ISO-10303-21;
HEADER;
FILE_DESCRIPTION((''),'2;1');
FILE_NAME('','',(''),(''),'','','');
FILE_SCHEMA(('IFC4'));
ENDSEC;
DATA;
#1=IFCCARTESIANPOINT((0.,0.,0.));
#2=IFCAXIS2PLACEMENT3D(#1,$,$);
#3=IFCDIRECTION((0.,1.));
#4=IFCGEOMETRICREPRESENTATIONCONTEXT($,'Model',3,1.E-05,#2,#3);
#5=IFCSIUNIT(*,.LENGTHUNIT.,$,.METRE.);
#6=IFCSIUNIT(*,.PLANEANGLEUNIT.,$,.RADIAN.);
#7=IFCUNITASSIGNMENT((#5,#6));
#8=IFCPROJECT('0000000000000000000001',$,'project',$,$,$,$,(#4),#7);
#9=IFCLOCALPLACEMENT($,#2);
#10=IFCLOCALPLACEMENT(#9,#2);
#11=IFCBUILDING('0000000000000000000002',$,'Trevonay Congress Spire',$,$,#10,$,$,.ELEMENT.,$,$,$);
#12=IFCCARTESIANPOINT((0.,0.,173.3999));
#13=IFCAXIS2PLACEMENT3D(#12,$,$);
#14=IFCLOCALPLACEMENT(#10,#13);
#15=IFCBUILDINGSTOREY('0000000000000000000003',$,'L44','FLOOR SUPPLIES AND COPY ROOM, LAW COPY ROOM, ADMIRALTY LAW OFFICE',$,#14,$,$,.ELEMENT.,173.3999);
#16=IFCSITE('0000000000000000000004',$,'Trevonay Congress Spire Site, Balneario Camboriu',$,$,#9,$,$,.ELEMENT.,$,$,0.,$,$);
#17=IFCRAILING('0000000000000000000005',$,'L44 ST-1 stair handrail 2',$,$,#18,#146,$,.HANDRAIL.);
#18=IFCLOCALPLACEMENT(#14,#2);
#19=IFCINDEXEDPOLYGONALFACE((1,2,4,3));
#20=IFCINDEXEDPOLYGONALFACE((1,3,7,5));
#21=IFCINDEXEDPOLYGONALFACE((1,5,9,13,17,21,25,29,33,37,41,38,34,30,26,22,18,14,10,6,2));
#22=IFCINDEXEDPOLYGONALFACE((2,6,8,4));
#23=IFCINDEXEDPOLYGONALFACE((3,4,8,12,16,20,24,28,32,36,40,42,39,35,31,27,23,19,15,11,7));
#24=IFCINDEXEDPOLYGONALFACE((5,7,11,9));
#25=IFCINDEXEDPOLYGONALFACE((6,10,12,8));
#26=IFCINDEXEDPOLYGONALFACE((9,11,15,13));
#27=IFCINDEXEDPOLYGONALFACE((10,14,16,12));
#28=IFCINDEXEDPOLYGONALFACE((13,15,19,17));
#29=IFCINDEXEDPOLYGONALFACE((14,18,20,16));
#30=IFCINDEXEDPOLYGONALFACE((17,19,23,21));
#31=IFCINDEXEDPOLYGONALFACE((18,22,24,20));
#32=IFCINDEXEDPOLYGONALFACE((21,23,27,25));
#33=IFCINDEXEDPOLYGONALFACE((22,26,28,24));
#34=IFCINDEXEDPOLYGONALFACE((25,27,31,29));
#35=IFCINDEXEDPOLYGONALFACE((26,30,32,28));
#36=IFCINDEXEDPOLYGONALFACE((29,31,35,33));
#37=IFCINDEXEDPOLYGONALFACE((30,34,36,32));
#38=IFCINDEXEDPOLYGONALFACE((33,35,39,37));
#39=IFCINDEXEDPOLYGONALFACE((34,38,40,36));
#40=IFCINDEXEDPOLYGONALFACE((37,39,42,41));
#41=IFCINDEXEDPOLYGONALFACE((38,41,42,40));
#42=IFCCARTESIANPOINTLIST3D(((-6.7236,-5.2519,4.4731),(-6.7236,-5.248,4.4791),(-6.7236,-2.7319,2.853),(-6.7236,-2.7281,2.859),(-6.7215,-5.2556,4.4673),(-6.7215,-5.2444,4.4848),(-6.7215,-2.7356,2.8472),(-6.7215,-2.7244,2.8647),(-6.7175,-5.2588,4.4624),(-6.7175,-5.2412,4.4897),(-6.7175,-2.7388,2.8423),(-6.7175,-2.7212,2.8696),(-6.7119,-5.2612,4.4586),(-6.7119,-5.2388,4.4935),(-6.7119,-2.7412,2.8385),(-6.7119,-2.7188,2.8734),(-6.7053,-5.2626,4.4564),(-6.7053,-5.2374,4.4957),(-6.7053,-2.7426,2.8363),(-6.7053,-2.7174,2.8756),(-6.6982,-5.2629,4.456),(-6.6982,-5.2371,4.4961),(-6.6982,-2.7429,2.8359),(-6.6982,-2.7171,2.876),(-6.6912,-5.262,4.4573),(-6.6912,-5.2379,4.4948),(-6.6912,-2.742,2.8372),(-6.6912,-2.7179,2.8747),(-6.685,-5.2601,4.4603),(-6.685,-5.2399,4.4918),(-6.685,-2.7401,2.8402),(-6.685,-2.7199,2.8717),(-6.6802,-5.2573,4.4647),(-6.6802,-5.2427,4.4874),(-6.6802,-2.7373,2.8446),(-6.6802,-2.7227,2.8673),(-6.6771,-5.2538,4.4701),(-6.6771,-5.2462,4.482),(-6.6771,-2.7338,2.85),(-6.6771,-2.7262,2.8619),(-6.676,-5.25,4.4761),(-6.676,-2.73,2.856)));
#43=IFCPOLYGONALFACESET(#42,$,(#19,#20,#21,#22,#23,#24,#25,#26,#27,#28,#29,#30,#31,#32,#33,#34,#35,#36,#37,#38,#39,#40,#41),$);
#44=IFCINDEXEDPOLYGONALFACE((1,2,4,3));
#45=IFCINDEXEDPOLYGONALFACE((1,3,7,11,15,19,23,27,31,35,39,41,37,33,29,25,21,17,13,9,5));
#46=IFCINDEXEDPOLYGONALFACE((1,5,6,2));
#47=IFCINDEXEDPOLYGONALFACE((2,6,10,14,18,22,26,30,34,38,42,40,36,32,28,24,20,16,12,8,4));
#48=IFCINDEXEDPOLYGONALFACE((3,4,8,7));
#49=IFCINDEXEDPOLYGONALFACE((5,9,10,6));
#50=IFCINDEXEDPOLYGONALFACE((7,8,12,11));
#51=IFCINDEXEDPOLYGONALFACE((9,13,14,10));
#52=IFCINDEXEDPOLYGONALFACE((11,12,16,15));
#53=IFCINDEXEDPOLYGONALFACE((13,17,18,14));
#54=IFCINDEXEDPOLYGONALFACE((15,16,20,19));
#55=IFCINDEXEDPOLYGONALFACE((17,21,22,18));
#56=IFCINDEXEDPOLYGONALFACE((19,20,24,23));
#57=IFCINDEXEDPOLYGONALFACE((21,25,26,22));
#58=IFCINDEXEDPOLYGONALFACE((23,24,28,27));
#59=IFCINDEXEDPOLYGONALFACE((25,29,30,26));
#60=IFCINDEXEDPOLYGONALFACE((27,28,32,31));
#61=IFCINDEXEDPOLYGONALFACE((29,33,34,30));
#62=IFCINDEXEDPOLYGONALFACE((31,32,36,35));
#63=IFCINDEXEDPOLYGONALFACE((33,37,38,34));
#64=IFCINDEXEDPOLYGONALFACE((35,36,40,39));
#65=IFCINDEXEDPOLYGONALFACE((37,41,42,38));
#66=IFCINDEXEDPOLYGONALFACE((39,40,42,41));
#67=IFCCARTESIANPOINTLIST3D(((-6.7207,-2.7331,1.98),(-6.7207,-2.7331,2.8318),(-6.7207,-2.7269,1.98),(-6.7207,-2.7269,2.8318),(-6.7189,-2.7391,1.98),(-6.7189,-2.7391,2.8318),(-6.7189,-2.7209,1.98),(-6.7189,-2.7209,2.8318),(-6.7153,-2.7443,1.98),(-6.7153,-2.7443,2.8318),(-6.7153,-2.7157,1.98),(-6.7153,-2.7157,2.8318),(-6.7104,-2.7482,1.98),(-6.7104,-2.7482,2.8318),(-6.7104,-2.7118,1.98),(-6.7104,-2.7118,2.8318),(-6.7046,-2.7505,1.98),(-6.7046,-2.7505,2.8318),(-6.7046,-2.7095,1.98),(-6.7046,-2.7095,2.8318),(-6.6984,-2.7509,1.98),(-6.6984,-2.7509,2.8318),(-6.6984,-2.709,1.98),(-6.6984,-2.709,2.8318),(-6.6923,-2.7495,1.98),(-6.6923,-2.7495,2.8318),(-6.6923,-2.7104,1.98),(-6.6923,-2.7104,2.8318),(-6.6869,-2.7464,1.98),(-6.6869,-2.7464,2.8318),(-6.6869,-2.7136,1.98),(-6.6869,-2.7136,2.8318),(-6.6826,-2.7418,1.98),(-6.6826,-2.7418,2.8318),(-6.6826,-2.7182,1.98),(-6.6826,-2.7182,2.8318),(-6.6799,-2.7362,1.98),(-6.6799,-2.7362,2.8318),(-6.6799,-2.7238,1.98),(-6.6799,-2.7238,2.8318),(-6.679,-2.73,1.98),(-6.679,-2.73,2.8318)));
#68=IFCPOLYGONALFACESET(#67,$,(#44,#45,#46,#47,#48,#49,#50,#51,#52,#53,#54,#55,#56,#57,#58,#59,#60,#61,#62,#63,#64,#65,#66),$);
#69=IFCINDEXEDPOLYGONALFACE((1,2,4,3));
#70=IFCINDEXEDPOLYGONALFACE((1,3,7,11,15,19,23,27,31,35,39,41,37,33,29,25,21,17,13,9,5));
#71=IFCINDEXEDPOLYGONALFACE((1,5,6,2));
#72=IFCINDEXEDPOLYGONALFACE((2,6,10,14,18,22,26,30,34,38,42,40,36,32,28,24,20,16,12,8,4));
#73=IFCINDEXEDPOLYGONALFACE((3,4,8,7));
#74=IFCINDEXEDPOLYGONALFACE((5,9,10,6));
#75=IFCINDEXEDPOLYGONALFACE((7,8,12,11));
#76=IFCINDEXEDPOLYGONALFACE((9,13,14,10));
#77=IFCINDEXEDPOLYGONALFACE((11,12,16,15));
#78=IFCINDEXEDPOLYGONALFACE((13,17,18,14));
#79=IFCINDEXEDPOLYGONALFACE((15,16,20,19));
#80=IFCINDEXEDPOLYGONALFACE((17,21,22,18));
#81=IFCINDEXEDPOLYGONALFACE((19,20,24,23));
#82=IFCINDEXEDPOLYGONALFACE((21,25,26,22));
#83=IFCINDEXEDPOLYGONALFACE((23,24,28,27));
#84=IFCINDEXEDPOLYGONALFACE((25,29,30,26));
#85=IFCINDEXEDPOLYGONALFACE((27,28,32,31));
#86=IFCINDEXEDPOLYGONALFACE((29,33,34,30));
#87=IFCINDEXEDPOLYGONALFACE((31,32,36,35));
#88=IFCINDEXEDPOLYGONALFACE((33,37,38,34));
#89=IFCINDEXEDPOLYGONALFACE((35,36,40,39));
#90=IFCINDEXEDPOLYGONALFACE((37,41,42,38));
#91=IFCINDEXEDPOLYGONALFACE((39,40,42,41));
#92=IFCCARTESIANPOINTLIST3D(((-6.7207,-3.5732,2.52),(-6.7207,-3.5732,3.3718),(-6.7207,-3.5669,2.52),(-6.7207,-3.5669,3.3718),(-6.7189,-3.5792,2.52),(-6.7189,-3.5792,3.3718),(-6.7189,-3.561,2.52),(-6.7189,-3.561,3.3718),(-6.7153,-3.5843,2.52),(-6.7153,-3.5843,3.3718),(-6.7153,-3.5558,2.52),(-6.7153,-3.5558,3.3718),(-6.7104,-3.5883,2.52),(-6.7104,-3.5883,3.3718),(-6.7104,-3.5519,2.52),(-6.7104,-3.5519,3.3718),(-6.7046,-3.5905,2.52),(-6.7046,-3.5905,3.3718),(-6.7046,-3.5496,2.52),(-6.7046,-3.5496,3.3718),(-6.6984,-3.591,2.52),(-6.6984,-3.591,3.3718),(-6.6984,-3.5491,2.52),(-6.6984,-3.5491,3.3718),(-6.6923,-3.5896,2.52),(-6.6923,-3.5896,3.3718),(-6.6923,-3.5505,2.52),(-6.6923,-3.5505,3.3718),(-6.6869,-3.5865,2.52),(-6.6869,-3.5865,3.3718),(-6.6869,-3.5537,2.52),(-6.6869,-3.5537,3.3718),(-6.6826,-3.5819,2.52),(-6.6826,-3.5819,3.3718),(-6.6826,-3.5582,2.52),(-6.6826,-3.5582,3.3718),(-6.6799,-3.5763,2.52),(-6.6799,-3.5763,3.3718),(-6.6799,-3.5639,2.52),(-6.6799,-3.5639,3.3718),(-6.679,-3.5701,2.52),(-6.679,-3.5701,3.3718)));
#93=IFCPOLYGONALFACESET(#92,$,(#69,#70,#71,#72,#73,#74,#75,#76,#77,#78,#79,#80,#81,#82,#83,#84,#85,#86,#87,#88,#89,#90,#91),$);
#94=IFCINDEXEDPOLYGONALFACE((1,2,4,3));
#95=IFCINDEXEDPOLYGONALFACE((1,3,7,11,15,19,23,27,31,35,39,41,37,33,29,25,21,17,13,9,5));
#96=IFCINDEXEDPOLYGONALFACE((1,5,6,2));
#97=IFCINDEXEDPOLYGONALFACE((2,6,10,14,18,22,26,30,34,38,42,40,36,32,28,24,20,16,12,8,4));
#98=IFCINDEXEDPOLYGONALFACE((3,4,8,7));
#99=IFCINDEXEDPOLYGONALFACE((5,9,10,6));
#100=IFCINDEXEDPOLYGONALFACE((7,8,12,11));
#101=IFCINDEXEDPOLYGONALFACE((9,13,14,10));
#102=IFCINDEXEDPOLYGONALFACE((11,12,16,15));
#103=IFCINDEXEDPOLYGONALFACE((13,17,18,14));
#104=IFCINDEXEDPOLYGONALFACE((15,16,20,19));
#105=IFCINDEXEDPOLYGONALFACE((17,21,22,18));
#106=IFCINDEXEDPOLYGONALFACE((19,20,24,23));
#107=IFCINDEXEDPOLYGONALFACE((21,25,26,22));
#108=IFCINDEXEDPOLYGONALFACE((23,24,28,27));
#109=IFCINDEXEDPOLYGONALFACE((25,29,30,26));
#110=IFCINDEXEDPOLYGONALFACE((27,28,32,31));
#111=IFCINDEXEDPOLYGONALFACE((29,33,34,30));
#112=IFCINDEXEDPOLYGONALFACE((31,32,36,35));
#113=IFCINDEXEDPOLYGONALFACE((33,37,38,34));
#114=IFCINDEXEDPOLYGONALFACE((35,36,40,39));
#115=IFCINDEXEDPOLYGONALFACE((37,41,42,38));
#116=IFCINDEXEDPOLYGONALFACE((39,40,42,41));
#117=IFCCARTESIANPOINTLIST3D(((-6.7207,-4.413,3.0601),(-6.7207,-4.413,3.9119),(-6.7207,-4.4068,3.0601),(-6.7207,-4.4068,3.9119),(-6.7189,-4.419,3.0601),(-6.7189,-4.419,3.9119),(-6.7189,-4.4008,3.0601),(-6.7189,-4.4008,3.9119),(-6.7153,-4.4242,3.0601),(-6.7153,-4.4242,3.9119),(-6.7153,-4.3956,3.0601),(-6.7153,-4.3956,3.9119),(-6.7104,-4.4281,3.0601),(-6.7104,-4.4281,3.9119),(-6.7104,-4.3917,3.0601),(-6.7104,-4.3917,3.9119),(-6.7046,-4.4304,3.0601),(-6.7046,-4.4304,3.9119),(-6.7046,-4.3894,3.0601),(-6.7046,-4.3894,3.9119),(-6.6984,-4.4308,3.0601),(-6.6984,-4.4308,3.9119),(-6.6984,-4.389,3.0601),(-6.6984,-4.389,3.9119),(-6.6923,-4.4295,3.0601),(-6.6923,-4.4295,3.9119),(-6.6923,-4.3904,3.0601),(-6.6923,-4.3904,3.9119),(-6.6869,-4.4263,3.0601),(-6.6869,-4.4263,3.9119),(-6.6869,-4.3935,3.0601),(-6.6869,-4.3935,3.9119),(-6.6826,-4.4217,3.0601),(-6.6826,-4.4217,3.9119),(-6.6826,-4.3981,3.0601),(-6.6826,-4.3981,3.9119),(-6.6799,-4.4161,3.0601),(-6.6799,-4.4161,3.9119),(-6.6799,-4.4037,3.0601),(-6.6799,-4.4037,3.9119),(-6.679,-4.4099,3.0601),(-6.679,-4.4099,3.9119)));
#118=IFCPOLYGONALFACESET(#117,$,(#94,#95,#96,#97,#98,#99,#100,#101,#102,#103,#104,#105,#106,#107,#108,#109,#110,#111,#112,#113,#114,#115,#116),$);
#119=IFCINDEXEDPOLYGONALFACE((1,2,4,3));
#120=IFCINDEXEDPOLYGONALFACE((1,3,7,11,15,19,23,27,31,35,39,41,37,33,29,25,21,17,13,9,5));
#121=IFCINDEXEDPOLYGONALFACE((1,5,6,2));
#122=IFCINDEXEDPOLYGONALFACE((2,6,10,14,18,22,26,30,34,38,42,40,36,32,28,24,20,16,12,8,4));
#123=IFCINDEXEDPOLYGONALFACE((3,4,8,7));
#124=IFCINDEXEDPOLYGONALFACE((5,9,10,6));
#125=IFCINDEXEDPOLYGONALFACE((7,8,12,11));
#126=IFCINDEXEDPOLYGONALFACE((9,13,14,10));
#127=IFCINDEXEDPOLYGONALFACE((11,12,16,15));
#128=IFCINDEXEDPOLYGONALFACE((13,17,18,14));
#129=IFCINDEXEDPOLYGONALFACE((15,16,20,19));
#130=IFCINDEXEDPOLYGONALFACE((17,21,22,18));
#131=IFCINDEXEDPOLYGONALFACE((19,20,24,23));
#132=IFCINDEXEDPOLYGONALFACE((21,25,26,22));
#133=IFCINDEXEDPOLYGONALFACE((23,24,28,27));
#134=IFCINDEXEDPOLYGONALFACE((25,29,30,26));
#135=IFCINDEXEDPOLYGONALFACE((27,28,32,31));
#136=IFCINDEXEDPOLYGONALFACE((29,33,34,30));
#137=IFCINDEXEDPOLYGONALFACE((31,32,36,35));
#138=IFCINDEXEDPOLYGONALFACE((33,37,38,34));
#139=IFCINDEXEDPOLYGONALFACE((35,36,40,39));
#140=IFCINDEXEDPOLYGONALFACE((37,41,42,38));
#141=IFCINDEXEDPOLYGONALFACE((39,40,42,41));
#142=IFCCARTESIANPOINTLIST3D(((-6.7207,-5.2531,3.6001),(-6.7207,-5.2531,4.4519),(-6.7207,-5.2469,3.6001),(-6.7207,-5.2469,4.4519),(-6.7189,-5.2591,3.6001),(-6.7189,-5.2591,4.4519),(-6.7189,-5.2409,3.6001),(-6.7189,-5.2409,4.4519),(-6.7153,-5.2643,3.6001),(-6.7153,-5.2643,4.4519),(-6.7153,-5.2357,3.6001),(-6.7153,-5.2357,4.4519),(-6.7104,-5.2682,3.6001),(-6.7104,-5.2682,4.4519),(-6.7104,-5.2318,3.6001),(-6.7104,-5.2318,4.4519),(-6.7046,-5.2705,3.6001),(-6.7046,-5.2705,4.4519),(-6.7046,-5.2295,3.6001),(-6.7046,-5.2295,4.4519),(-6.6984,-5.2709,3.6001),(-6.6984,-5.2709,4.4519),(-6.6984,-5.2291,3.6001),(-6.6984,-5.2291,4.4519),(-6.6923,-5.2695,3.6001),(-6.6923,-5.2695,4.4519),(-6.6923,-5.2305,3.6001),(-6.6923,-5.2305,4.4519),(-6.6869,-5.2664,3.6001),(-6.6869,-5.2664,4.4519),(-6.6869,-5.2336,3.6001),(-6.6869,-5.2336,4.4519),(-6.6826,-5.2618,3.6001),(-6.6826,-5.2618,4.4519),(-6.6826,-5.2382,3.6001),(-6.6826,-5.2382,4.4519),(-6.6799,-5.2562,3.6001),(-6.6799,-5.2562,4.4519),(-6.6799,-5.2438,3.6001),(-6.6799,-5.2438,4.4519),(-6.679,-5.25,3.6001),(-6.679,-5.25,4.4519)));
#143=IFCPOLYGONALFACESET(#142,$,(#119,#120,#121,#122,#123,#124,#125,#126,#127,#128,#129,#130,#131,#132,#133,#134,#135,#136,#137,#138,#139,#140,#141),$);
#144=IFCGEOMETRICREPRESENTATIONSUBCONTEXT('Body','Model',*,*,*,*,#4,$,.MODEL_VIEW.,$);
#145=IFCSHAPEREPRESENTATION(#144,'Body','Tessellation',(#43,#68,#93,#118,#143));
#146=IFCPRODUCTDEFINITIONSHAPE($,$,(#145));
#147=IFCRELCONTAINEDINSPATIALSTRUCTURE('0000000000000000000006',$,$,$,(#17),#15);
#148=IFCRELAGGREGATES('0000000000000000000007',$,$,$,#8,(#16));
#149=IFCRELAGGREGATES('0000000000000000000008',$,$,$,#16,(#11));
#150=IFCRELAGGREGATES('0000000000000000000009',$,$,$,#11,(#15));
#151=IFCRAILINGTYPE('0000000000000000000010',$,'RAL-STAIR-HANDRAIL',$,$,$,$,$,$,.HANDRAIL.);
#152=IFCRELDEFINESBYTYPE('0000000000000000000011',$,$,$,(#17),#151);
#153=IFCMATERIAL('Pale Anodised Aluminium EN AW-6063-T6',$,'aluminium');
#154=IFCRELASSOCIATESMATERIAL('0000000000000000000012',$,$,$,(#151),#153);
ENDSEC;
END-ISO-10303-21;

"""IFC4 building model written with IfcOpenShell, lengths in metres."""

from ifc_helpers import new_model, si_unit, direction, frame, origin, origin_2d, place, context, subcontext, project, spatial, circle, extrude, material, type_object, element, save


model = new_model("IFC4")

# Units and contexts
model_context = context("Model", 3, precision=1e-05, world=origin(), true_north=direction((0.0, 1.0)))
body_context = subcontext(model_context, "Body", "Model", "MODEL_VIEW")
ifc_project = project(units=[si_unit("LENGTHUNIT", "METRE"), si_unit("PLANEANGLEUNIT", "RADIAN")], contexts=[model_context])

# Site, building, storey
site_placement = place(None, origin())
site = spatial("IfcSite", under=ifc_project, at=site_placement, Name="Trevonay Congress Spire Site, Balneario Camboriu", CompositionType="ELEMENT", RefElevation=0.0)
building_placement = place(site_placement, origin())
building = spatial("IfcBuilding", under=site, at=building_placement, Name="Trevonay Congress Spire", CompositionType="ELEMENT")
storey_placement = place(building_placement, frame((0.0, 0.0, 173.3999)))
storey = spatial("IfcBuildingStorey", under=building, at=storey_placement, Name="L44", Description="FLOOR SUPPLIES AND COPY ROOM, LAW COPY ROOM, ADMIRALTY LAW OFFICE", CompositionType="ELEMENT", Elevation=173.3999)

# Railing
ifc_material_1 = material(Name="Pale Anodised Aluminium EN AW-6063-T6", Category="aluminium")
railing_type_1 = type_object("IfcRailingType", Name="RAL-STAIR-HANDRAIL", PredefinedType="HANDRAIL", material=ifc_material_1)
railing_1_placement = place(storey_placement, frame((-6.7, -2.73, 1.98)))
element("IfcRailing", 1, at=railing_1_placement, inside=storey, type_object=railing_type_1, Name="L44 ST-1 stair handrail 2", PredefinedType="HANDRAIL", context=body_context, shape_type="SweptSolid", body=[
    extrude(circle(Radius=0.0239, at=origin_2d()), frame((0.0, 0.0, 0.876), z_axis=(0.0, -0.841163, 0.540782), x_axis=(1.0, 0.0, 0.0)), (0.0, 0.0, 1.0), 2.9958),
    extrude(circle(Radius=0.021, at=origin_2d()), origin(), (0.0, 0.0, 1.0), 0.8518),
    extrude(circle(Radius=0.021, at=origin_2d()), frame((0.0, -0.8401, 0.54)), (0.0, 0.0, 1.0), 0.8518),
    extrude(circle(Radius=0.021, at=origin_2d()), frame((0.0, -1.6799, 1.0801)), (0.0, 0.0, 1.0), 0.8518),
    extrude(circle(Radius=0.021, at=origin_2d()), frame((0.0, -2.52, 1.6201)), (0.0, 0.0, 1.0), 0.8518),
])

save(model, "model.ifc")
